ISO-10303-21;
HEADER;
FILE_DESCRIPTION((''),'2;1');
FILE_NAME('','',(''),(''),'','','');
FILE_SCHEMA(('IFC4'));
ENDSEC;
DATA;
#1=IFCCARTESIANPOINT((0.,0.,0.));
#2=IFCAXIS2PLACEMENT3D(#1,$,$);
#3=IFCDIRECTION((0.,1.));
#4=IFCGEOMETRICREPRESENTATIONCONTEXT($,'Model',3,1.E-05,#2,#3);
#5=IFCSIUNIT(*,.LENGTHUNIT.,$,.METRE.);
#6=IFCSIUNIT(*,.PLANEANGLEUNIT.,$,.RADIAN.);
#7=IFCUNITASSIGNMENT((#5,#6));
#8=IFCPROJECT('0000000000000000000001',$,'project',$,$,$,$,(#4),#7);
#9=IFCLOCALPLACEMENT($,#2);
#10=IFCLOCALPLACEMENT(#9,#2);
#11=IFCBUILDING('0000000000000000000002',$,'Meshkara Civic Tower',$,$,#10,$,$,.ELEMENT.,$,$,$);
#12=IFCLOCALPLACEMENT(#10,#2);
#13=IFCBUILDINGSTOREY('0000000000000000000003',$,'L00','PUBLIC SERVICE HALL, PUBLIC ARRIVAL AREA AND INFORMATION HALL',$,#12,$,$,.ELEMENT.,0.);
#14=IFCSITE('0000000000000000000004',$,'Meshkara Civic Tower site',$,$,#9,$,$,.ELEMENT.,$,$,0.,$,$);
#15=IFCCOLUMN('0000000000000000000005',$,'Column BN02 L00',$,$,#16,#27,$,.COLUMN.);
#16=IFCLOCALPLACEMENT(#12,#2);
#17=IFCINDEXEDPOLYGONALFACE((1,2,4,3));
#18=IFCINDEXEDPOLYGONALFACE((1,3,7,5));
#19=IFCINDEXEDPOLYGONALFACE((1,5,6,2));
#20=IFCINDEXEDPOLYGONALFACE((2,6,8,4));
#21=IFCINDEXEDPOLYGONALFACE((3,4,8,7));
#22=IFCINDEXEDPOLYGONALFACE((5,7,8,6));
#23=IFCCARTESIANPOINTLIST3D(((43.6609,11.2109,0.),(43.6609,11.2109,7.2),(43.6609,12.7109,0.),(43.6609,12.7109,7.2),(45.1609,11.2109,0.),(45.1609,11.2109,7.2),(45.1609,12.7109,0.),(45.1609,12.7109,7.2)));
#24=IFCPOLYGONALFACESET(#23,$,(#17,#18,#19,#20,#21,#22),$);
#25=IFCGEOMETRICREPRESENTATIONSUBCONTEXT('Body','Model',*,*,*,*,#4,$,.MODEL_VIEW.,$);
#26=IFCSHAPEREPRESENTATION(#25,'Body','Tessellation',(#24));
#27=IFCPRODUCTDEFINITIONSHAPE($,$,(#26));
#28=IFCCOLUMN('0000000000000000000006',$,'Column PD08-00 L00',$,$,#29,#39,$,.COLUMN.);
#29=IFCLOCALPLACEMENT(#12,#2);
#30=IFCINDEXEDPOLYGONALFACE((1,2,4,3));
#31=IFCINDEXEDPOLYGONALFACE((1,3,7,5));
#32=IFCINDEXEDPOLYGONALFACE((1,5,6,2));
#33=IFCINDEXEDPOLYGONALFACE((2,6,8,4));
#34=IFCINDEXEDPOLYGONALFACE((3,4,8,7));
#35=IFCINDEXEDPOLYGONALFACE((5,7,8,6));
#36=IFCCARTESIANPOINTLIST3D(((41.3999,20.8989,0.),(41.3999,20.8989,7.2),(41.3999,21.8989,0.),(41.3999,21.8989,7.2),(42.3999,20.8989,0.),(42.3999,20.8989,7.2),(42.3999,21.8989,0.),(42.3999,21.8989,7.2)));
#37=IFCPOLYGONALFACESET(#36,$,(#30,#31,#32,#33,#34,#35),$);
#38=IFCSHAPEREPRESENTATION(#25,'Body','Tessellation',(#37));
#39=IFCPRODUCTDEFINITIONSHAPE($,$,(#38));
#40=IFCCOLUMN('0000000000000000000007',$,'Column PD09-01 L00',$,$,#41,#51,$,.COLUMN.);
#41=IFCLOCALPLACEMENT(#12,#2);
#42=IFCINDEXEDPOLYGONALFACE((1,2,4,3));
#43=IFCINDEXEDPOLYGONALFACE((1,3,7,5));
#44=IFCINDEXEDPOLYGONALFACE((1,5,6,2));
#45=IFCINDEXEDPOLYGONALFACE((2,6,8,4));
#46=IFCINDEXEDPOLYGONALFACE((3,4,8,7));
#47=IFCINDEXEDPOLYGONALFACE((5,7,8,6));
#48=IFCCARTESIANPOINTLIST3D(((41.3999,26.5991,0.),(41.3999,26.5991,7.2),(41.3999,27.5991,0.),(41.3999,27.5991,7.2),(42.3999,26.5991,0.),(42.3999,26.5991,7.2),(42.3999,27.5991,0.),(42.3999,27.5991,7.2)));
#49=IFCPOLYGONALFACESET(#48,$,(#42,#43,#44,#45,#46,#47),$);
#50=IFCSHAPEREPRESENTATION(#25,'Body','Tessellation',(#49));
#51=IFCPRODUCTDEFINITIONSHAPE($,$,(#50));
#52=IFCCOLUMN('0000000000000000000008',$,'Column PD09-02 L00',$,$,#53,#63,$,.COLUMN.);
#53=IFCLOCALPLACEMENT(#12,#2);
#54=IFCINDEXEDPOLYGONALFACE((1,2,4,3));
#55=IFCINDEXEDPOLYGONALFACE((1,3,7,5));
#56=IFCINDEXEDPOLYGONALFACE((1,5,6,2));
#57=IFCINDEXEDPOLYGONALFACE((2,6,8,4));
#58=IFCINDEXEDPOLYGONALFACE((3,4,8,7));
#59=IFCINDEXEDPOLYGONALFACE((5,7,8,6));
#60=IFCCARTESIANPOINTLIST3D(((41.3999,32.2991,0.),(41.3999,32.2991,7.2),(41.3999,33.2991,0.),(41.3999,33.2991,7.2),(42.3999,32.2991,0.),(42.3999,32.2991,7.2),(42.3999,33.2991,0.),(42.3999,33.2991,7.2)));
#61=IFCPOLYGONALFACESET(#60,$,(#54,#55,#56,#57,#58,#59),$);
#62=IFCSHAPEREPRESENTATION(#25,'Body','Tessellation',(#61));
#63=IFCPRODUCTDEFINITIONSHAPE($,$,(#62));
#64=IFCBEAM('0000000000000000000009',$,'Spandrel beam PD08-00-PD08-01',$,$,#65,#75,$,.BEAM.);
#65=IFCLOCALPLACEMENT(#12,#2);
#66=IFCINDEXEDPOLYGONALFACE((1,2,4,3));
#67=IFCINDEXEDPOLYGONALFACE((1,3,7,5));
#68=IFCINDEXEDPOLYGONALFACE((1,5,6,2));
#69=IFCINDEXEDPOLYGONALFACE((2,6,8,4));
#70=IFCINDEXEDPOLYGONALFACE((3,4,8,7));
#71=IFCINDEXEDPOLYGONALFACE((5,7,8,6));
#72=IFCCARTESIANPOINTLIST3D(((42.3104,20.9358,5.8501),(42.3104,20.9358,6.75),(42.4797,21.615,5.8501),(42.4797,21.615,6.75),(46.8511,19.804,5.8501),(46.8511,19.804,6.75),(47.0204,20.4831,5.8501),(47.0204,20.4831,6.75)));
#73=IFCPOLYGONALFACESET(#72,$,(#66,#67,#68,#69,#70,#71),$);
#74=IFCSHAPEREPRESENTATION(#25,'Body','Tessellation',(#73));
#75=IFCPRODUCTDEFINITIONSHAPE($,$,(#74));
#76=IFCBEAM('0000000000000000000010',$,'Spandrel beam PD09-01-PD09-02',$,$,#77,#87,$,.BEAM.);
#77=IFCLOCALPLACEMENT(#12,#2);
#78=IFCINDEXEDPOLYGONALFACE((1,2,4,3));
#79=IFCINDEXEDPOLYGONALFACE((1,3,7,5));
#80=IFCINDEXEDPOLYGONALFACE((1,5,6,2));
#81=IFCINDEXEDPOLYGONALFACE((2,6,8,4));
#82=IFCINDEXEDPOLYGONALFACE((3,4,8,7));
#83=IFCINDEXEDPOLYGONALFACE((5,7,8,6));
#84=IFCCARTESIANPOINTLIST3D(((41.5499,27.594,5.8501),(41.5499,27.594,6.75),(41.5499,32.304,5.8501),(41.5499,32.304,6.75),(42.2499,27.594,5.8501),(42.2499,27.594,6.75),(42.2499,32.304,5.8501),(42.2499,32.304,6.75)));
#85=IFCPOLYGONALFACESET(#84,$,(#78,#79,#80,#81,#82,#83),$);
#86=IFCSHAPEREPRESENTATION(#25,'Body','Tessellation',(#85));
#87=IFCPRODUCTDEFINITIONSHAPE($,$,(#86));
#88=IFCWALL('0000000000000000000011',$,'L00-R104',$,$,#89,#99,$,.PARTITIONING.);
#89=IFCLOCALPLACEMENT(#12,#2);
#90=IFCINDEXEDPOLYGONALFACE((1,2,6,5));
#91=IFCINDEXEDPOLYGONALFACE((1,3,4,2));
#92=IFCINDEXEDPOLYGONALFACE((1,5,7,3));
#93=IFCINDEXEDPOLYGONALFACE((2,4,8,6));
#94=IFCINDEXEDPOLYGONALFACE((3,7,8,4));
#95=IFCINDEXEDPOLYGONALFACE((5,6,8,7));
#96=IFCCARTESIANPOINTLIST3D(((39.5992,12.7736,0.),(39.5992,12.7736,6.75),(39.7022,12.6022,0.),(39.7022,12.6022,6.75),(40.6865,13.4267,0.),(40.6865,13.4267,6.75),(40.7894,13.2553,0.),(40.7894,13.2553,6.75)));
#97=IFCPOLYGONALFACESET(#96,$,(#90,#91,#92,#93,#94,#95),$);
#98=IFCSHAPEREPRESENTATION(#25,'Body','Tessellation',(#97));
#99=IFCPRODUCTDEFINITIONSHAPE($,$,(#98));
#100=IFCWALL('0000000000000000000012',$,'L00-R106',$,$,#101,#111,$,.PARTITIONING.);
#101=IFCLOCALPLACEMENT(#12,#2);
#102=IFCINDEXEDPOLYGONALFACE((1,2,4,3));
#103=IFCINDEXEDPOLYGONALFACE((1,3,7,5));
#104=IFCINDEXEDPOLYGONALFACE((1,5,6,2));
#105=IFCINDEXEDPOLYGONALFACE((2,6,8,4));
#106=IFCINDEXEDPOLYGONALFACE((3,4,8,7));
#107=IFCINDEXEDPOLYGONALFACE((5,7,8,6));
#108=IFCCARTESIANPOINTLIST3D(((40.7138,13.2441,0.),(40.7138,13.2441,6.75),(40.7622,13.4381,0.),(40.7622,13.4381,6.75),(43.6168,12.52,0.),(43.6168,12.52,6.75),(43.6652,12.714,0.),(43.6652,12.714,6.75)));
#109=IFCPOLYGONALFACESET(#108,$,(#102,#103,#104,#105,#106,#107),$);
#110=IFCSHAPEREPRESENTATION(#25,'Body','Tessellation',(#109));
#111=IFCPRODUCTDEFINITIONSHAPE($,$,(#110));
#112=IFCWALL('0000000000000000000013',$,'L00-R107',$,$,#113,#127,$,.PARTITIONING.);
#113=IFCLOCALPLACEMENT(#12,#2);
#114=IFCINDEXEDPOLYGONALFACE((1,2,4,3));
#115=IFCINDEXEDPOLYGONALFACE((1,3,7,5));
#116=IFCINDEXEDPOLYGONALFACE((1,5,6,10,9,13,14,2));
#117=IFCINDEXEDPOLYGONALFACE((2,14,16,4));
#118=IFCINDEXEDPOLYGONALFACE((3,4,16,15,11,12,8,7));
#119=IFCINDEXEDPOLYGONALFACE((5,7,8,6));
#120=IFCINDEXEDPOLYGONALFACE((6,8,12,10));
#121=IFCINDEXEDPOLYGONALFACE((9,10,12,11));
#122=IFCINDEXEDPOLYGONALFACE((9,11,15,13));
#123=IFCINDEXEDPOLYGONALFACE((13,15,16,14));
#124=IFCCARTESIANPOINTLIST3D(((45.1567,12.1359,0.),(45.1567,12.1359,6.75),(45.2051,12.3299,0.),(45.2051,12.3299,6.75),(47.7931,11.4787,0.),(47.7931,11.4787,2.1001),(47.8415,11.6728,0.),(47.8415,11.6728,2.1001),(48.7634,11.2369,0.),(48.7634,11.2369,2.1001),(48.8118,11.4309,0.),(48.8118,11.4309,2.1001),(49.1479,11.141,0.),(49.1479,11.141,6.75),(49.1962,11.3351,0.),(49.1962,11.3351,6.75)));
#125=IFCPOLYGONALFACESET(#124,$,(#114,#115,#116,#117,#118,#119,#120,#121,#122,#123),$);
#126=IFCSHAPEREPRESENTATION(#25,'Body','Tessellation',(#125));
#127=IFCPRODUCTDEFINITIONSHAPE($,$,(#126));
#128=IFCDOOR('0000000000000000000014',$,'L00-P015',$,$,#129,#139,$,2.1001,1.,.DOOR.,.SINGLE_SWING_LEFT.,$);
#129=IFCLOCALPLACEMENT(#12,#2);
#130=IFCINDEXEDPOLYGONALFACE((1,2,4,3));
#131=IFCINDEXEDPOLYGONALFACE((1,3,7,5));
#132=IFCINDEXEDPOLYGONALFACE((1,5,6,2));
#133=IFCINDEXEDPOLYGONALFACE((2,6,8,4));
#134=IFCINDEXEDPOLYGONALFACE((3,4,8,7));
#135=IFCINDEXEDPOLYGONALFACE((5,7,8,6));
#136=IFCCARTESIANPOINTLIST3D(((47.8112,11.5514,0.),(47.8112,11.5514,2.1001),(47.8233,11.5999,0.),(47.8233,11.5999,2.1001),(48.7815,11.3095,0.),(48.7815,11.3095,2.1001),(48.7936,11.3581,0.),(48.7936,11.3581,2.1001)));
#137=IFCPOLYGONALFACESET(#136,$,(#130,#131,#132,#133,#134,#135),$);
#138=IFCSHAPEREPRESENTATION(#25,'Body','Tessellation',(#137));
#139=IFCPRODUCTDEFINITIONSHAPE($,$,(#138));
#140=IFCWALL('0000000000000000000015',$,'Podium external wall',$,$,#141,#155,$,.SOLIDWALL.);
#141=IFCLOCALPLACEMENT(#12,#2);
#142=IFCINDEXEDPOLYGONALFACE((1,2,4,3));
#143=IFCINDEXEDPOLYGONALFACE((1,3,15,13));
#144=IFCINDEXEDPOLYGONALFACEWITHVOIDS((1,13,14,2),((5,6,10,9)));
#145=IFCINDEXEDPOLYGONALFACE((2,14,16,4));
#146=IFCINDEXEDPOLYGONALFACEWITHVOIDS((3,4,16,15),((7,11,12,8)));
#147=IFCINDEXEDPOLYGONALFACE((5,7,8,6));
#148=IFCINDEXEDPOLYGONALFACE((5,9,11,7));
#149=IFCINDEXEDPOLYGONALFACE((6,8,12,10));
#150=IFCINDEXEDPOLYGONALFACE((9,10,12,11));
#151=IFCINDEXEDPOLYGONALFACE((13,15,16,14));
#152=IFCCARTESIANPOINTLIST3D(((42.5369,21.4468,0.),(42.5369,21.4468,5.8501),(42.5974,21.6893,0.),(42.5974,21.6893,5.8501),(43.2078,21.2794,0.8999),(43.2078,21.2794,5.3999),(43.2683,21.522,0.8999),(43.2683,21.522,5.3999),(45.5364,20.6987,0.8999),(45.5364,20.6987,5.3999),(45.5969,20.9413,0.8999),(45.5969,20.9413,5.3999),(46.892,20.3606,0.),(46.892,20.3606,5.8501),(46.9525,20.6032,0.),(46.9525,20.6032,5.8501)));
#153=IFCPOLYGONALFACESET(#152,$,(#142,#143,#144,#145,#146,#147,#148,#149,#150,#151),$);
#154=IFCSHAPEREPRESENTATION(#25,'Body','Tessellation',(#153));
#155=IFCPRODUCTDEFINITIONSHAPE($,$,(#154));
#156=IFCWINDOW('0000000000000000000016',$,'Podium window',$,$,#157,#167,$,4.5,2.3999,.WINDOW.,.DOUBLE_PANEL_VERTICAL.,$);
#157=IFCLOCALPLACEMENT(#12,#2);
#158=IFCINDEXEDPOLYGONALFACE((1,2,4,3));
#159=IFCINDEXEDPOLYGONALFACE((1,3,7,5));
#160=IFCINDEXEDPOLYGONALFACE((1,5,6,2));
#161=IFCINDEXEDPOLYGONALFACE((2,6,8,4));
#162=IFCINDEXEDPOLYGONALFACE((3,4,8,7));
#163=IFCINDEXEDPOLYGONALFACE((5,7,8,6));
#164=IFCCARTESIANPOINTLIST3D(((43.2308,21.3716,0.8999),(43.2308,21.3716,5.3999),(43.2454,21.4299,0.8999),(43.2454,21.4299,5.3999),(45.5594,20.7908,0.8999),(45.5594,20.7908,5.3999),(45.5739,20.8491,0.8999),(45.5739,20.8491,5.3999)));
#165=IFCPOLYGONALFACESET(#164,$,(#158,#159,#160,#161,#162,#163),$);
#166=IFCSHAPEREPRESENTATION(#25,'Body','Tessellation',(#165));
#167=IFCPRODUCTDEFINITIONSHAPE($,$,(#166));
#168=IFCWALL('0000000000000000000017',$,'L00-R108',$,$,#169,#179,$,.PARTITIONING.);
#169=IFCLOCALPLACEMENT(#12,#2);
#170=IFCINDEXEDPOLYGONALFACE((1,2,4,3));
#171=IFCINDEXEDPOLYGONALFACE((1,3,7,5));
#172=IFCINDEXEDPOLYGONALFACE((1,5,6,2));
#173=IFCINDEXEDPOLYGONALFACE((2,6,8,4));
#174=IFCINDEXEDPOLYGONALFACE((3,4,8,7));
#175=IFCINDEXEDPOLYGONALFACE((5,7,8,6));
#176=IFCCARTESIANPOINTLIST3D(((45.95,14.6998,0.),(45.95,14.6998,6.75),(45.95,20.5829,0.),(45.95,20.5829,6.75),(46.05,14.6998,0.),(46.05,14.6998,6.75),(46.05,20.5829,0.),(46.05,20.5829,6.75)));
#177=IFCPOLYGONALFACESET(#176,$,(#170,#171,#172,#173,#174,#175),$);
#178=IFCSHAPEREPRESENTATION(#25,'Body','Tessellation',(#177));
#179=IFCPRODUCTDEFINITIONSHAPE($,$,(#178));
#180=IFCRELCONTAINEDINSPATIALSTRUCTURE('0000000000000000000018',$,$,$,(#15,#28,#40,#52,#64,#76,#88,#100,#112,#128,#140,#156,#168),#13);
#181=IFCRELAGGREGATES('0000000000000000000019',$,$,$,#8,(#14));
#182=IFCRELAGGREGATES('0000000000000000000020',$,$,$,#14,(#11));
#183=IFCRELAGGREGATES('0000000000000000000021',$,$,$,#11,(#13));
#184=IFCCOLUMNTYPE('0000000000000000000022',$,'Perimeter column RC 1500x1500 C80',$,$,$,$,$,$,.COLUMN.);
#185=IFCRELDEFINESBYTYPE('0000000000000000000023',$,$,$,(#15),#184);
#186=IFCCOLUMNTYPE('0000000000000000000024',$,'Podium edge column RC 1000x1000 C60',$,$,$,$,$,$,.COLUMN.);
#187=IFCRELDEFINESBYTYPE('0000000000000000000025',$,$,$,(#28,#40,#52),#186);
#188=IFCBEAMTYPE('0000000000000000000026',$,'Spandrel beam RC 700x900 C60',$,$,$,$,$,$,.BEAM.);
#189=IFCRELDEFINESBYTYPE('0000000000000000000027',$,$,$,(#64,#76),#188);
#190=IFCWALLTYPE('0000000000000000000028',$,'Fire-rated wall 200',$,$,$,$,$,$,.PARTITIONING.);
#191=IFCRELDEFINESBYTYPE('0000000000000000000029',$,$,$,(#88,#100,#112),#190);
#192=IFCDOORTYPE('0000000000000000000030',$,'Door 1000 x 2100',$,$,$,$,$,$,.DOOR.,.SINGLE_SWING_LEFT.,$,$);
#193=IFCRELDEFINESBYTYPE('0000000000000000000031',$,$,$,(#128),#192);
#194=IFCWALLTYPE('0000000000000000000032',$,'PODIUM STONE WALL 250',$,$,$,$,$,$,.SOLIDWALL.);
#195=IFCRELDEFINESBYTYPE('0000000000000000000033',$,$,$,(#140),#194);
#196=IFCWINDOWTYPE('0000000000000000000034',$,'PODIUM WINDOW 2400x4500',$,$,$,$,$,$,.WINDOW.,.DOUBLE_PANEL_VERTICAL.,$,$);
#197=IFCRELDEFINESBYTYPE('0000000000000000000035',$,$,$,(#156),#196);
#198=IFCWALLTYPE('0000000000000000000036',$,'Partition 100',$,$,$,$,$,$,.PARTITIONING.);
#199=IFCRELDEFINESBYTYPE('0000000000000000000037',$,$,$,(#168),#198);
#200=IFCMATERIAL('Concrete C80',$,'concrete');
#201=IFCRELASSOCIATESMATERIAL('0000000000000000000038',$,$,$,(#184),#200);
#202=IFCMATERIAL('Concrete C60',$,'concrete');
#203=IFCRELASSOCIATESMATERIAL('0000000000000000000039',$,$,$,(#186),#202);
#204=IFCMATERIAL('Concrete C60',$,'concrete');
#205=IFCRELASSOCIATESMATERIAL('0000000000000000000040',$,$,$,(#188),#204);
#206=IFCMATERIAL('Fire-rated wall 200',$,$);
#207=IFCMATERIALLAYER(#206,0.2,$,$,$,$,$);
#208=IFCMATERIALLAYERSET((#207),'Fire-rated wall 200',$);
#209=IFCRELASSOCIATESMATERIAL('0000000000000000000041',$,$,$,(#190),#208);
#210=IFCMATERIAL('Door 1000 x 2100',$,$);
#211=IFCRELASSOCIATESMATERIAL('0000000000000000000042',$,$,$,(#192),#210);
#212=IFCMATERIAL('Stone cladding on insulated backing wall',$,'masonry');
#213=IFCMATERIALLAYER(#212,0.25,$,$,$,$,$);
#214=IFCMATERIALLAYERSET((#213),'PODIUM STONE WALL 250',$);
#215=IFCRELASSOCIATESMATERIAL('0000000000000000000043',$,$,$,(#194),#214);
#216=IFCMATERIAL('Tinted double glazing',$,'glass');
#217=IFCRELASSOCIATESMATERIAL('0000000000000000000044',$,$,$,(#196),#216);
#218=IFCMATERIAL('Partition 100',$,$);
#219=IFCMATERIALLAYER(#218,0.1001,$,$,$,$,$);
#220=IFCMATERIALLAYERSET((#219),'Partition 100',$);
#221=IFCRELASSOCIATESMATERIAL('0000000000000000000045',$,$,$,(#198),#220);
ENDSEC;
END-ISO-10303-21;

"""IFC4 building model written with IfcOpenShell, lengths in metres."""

from ifc_helpers import new_model, si_unit, direction, frame, frame_2d, origin, origin_2d, place, context, subcontext, project, spatial, rectangle, extrude, material, layer, layer_set, material_profile, profile_set, type_object, element, fill, save


model = new_model("IFC4")

# Units and contexts
model_context = context("Model", 3, precision=1e-05, world=origin(), true_north=direction((0.0, 1.0)))
body_context = subcontext(model_context, "Body", "Model", "MODEL_VIEW")
ifc_project = project(units=[si_unit("LENGTHUNIT", "METRE"), si_unit("PLANEANGLEUNIT", "RADIAN")], contexts=[model_context])

# Site, building, storey
site_placement = place(None, origin())
site = spatial("IfcSite", under=ifc_project, at=site_placement, Name="Meshkara Civic Tower site", CompositionType="ELEMENT", RefElevation=0.0)
building_placement = place(site_placement, origin())
building = spatial("IfcBuilding", under=site, at=building_placement, Name="Meshkara Civic Tower", CompositionType="ELEMENT")
storey_placement = place(building_placement, origin())
storey = spatial("IfcBuildingStorey", under=building, at=storey_placement, Name="L00", Description="PUBLIC SERVICE HALL, PUBLIC ARRIVAL AREA AND INFORMATION HALL", CompositionType="ELEMENT", Elevation=0.0)

# Columns
ifc_material_1 = material(Name="Concrete C80", Category="concrete")
ifc_material_profile_1 = material_profile(ifc_material_1, rectangle(XDim=1.5, YDim=1.5, at=origin_2d()))
ifc_profile_set_1 = profile_set([ifc_material_profile_1], Name="Concrete C80")
column_type_1 = type_object("IfcColumnType", Name="Perimeter column RC 1500x1500 C80", PredefinedType="COLUMN", material=ifc_profile_set_1)
column_placement = place(storey_placement, frame((44.4109, 11.9609, 0.0), z_axis=(0.0, 0.0, 1.0), x_axis=(1.0, 0.0, 0.0)))
element("IfcColumn", 1, at=column_placement, inside=storey, type_object=column_type_1, Name="Column BN02 L00", PredefinedType="COLUMN", context=body_context, shape_type="SweptSolid", body=[
    extrude(rectangle(XDim=1.5, YDim=1.5, at=origin_2d()), origin(), (0.0, 0.0, 1.0), 7.2),
])
ifc_material_2 = material(Name="Concrete C60", Category="concrete")
ifc_material_profile_2 = material_profile(ifc_material_2, rectangle(XDim=1.0, YDim=1.0, at=origin_2d()))
ifc_profile_set_2 = profile_set([ifc_material_profile_2], Name="Concrete C60")
column_type_2 = type_object("IfcColumnType", Name="Podium edge column RC 1000x1000 C60", PredefinedType="COLUMN", material=ifc_profile_set_2)
for number, where, z_axis, x_axis, name in (
    (2, (41.8999, 21.3989, 0.0), (0.0, 0.0, 1.0), (1.0, 0.0, 0.0), "Column PD08-00 L00"),
    (3, (41.8999, 27.0991, 0.0), (0.0, 0.0, 1.0), (1.0, 0.0, 0.0), "Column PD09-01 L00"),
    (4, (41.8999, 32.7991, 0.0), (0.0, 0.0, 1.0), (1.0, 0.0, 0.0), "Column PD09-02 L00"),
):
    element("IfcColumn", number, at=place(storey_placement, frame(where, z_axis=z_axis, x_axis=x_axis)), inside=storey, type_object=column_type_2, Name=name, PredefinedType="COLUMN", context=body_context, shape_type="SweptSolid", body=[
        extrude(rectangle(XDim=1.0, YDim=1.0, at=origin_2d()), origin(), (0.0, 0.0, 1.0), 7.2),
    ])

# Beams
ifc_material_3 = material(Name="Concrete C60", Category="concrete")
ifc_material_profile_3 = material_profile(ifc_material_3, rectangle(XDim=0.7, YDim=0.8999, at=origin_2d()))
ifc_profile_set_3 = profile_set([ifc_material_profile_3], Name="Concrete C60")
beam_type = type_object("IfcBeamType", Name="Spandrel beam RC 700x900 C60", PredefinedType="BEAM", material=ifc_profile_set_3)
beam_1_placement = place(storey_placement, frame((46.9358, 20.1436, 6.3), z_axis=(-0.970311, 0.24186, 0.0), x_axis=(-0.24186, -0.970311, 0.0)))
element("IfcBeam", 5, at=beam_1_placement, inside=storey, type_object=beam_type, Name="Spandrel beam PD08-00-PD08-01", PredefinedType="BEAM", context=body_context, shape_type="SweptSolid", body=[
    extrude(rectangle(XDim=0.7, YDim=0.8999, at=origin_2d()), origin(), (0.0, 0.0, 1.0), 4.6797),
])
beam_2_placement = place(storey_placement, frame((41.8999, 27.594, 6.3), z_axis=(0.0, 1.0, 0.0), x_axis=(-1.0, 0.0, 0.0)))
element("IfcBeam", 6, at=beam_2_placement, inside=storey, type_object=beam_type, Name="Spandrel beam PD09-01-PD09-02", PredefinedType="BEAM", context=body_context, shape_type="SweptSolid", body=[
    extrude(rectangle(XDim=0.7, YDim=0.8999, at=origin_2d()), origin(), (0.0, 0.0, 1.0), 4.71),
])

# Walls
ifc_material_4 = material(Name="Fire-rated wall 200")
ifc_layer_1 = layer(ifc_material_4, 0.2)
ifc_layer_set_1 = layer_set([ifc_layer_1], Name="Fire-rated wall 200")
wall_type_1 = type_object("IfcWallType", Name="Fire-rated wall 200", PredefinedType="PARTITIONING", material=ifc_layer_set_1)
wall_1_placement = place(storey_placement, frame((40.738, 13.3411, 0.0), z_axis=(0.0, 0.0, 1.0), x_axis=(-0.857221, -0.514949, 0.0)))
element("IfcWall", 7, at=wall_1_placement, inside=storey, type_object=wall_type_1, Name="L00-R104", PredefinedType="PARTITIONING", context=body_context, shape_type="SweptSolid", body=[
    extrude(rectangle(XDim=1.2683, YDim=0.2, at=frame_2d((0.6343, 0.0))), origin(), (0.0, 0.0, 1.0), 6.75),
])
wall_2_placement = place(storey_placement, frame((43.6411, 12.6169, 0.0), z_axis=(0.0, 0.0, 1.0), x_axis=(-0.970272, 0.242017, 0.0)))
element("IfcWall", 8, at=wall_2_placement, inside=storey, type_object=wall_type_1, Name="L00-R106", PredefinedType="PARTITIONING", context=body_context, shape_type="SweptSolid", body=[
    extrude(rectangle(XDim=2.9919, YDim=0.2, at=frame_2d((1.4961, 0.0))), origin(), (0.0, 0.0, 1.0), 6.75),
])

# Wall, opening, door
wall_3_placement = place(storey_placement, frame((45.1809, 12.2329, 0.0), z_axis=(0.0, 0.0, 1.0), x_axis=(0.97031, -0.241865, 0.0)))
wall_3 = element("IfcWall", 9, at=wall_3_placement, inside=storey, type_object=wall_type_1, Name="L00-R107", PredefinedType="PARTITIONING", context=body_context, shape_type="SweptSolid", body=[
    extrude(rectangle(XDim=4.1133, YDim=0.2, at=frame_2d((2.0566, 0.0))), origin(), (0.0, 0.0, 1.0), 6.75),
])
opening_1_placement = place(wall_3_placement, frame((2.717, 0.0, 0.0)))
opening_1 = element("IfcOpeningElement", 10, at=opening_1_placement, cuts=wall_3, PredefinedType="OPENING", context=body_context, shape_type="SweptSolid", body=[
    extrude(rectangle(XDim=1.0, YDim=2.1001, at=frame_2d((0.5, 1.05))), frame((0.0, 0.1099, 0.0), z_axis=(0.0, -1.0, 0.0), x_axis=(1.0, 0.0, 0.0)), (0.0, 0.0, 1.0), 0.22),
])
ifc_material_5 = material(Name="Door 1000 x 2100")
door_type_1 = type_object("IfcDoorType", Name="Door 1000 x 2100", OperationType="SINGLE_SWING_LEFT", PredefinedType="DOOR", material=ifc_material_5)
door_1_placement = place(opening_1_placement, origin())
door_1 = element("IfcDoor", 11, at=door_1_placement, inside=storey, type_object=door_type_1, Name="L00-P015", OperationType="SINGLE_SWING_LEFT", OverallHeight=2.1001, OverallWidth=1.0, PredefinedType="DOOR", context=body_context, shape_type="SweptSolid", body=[
    extrude(rectangle(XDim=1.0, YDim=2.1001, at=frame_2d((0.5, 1.05))), frame((0.0, 0.0249, 0.0), z_axis=(0.0, -1.0, 0.0), x_axis=(1.0, 0.0, 0.0)), (0.0, 0.0, 1.0), 0.05),
])
fill(opening_1, door_1)

# Wall, opening, window
ifc_material_6 = material(Name="Stone cladding on insulated backing wall", Category="masonry")
ifc_layer_2 = layer(ifc_material_6, 0.25)
ifc_layer_set_2 = layer_set([ifc_layer_2], Name="PODIUM STONE WALL 250")
wall_type_2 = type_object("IfcWallType", Name="PODIUM STONE WALL 250", PredefinedType="SOLIDWALL", material=ifc_layer_set_2)
wall_4_placement = place(storey_placement, frame((46.9221, 20.4819, 0.0), z_axis=(0.0, 0.0, 1.0), x_axis=(-0.97028, 0.241985, 0.0)))
wall_4 = element("IfcWall", 12, at=wall_4_placement, inside=storey, type_object=wall_type_2, Name="Podium external wall", PredefinedType="SOLIDWALL", context=body_context, shape_type="SweptSolid", body=[
    extrude(rectangle(XDim=4.4885, YDim=0.25, at=frame_2d((2.2441, 0.0))), origin(), (0.0, 0.0, 1.0), 5.8501),
])
opening_2_placement = place(wall_4_placement, frame((1.397, 0.0, 0.8999)))
opening_2 = element("IfcOpeningElement", 13, at=opening_2_placement, cuts=wall_4, PredefinedType="OPENING", context=body_context, shape_type="SweptSolid", body=[
    extrude(rectangle(XDim=2.3999, YDim=4.5, at=frame_2d((1.2, 2.25))), frame((0.0, 0.135, 0.0), z_axis=(0.0, -1.0, 0.0), x_axis=(1.0, 0.0, 0.0)), (0.0, 0.0, 1.0), 0.27),
])
ifc_material_7 = material(Name="Tinted double glazing", Category="glass")
window_type = type_object("IfcWindowType", Name="PODIUM WINDOW 2400x4500", PartitioningType="DOUBLE_PANEL_VERTICAL", PredefinedType="WINDOW", material=ifc_material_7)
window_placement = place(opening_2_placement, origin())
window = element("IfcWindow", 14, at=window_placement, inside=storey, type_object=window_type, Name="Podium window", OverallHeight=4.5, OverallWidth=2.3999, PartitioningType="DOUBLE_PANEL_VERTICAL", PredefinedType="WINDOW", context=body_context, shape_type="SweptSolid", body=[
    extrude(rectangle(XDim=2.3999, YDim=4.5, at=frame_2d((1.2, 2.25))), frame((0.0, 0.03, 0.0), z_axis=(0.0, -1.0, 0.0), x_axis=(1.0, 0.0, 0.0)), (0.0, 0.0, 1.0), 0.0601),
])
fill(opening_2, window)

# Wall
ifc_material_8 = material(Name="Partition 100")
ifc_layer_3 = layer(ifc_material_8, 0.1001)
ifc_layer_set_3 = layer_set([ifc_layer_3], Name="Partition 100")
wall_type_3 = type_object("IfcWallType", Name="Partition 100", PredefinedType="PARTITIONING", material=ifc_layer_set_3)
wall_5_placement = place(storey_placement, frame((46.0, 14.7, 0.0), z_axis=(0.0, 0.0, 1.0), x_axis=(0.0, 1.0, 0.0)))
element("IfcWall", 15, at=wall_5_placement, inside=storey, type_object=wall_type_3, Name="L00-R108", PredefinedType="PARTITIONING", context=body_context, shape_type="SweptSolid", body=[
    extrude(rectangle(XDim=5.8831, YDim=0.1001, at=frame_2d((2.9414, 0.0))), origin(), (0.0, 0.0, 1.0), 6.75),
])

save(model, "model.ifc")
